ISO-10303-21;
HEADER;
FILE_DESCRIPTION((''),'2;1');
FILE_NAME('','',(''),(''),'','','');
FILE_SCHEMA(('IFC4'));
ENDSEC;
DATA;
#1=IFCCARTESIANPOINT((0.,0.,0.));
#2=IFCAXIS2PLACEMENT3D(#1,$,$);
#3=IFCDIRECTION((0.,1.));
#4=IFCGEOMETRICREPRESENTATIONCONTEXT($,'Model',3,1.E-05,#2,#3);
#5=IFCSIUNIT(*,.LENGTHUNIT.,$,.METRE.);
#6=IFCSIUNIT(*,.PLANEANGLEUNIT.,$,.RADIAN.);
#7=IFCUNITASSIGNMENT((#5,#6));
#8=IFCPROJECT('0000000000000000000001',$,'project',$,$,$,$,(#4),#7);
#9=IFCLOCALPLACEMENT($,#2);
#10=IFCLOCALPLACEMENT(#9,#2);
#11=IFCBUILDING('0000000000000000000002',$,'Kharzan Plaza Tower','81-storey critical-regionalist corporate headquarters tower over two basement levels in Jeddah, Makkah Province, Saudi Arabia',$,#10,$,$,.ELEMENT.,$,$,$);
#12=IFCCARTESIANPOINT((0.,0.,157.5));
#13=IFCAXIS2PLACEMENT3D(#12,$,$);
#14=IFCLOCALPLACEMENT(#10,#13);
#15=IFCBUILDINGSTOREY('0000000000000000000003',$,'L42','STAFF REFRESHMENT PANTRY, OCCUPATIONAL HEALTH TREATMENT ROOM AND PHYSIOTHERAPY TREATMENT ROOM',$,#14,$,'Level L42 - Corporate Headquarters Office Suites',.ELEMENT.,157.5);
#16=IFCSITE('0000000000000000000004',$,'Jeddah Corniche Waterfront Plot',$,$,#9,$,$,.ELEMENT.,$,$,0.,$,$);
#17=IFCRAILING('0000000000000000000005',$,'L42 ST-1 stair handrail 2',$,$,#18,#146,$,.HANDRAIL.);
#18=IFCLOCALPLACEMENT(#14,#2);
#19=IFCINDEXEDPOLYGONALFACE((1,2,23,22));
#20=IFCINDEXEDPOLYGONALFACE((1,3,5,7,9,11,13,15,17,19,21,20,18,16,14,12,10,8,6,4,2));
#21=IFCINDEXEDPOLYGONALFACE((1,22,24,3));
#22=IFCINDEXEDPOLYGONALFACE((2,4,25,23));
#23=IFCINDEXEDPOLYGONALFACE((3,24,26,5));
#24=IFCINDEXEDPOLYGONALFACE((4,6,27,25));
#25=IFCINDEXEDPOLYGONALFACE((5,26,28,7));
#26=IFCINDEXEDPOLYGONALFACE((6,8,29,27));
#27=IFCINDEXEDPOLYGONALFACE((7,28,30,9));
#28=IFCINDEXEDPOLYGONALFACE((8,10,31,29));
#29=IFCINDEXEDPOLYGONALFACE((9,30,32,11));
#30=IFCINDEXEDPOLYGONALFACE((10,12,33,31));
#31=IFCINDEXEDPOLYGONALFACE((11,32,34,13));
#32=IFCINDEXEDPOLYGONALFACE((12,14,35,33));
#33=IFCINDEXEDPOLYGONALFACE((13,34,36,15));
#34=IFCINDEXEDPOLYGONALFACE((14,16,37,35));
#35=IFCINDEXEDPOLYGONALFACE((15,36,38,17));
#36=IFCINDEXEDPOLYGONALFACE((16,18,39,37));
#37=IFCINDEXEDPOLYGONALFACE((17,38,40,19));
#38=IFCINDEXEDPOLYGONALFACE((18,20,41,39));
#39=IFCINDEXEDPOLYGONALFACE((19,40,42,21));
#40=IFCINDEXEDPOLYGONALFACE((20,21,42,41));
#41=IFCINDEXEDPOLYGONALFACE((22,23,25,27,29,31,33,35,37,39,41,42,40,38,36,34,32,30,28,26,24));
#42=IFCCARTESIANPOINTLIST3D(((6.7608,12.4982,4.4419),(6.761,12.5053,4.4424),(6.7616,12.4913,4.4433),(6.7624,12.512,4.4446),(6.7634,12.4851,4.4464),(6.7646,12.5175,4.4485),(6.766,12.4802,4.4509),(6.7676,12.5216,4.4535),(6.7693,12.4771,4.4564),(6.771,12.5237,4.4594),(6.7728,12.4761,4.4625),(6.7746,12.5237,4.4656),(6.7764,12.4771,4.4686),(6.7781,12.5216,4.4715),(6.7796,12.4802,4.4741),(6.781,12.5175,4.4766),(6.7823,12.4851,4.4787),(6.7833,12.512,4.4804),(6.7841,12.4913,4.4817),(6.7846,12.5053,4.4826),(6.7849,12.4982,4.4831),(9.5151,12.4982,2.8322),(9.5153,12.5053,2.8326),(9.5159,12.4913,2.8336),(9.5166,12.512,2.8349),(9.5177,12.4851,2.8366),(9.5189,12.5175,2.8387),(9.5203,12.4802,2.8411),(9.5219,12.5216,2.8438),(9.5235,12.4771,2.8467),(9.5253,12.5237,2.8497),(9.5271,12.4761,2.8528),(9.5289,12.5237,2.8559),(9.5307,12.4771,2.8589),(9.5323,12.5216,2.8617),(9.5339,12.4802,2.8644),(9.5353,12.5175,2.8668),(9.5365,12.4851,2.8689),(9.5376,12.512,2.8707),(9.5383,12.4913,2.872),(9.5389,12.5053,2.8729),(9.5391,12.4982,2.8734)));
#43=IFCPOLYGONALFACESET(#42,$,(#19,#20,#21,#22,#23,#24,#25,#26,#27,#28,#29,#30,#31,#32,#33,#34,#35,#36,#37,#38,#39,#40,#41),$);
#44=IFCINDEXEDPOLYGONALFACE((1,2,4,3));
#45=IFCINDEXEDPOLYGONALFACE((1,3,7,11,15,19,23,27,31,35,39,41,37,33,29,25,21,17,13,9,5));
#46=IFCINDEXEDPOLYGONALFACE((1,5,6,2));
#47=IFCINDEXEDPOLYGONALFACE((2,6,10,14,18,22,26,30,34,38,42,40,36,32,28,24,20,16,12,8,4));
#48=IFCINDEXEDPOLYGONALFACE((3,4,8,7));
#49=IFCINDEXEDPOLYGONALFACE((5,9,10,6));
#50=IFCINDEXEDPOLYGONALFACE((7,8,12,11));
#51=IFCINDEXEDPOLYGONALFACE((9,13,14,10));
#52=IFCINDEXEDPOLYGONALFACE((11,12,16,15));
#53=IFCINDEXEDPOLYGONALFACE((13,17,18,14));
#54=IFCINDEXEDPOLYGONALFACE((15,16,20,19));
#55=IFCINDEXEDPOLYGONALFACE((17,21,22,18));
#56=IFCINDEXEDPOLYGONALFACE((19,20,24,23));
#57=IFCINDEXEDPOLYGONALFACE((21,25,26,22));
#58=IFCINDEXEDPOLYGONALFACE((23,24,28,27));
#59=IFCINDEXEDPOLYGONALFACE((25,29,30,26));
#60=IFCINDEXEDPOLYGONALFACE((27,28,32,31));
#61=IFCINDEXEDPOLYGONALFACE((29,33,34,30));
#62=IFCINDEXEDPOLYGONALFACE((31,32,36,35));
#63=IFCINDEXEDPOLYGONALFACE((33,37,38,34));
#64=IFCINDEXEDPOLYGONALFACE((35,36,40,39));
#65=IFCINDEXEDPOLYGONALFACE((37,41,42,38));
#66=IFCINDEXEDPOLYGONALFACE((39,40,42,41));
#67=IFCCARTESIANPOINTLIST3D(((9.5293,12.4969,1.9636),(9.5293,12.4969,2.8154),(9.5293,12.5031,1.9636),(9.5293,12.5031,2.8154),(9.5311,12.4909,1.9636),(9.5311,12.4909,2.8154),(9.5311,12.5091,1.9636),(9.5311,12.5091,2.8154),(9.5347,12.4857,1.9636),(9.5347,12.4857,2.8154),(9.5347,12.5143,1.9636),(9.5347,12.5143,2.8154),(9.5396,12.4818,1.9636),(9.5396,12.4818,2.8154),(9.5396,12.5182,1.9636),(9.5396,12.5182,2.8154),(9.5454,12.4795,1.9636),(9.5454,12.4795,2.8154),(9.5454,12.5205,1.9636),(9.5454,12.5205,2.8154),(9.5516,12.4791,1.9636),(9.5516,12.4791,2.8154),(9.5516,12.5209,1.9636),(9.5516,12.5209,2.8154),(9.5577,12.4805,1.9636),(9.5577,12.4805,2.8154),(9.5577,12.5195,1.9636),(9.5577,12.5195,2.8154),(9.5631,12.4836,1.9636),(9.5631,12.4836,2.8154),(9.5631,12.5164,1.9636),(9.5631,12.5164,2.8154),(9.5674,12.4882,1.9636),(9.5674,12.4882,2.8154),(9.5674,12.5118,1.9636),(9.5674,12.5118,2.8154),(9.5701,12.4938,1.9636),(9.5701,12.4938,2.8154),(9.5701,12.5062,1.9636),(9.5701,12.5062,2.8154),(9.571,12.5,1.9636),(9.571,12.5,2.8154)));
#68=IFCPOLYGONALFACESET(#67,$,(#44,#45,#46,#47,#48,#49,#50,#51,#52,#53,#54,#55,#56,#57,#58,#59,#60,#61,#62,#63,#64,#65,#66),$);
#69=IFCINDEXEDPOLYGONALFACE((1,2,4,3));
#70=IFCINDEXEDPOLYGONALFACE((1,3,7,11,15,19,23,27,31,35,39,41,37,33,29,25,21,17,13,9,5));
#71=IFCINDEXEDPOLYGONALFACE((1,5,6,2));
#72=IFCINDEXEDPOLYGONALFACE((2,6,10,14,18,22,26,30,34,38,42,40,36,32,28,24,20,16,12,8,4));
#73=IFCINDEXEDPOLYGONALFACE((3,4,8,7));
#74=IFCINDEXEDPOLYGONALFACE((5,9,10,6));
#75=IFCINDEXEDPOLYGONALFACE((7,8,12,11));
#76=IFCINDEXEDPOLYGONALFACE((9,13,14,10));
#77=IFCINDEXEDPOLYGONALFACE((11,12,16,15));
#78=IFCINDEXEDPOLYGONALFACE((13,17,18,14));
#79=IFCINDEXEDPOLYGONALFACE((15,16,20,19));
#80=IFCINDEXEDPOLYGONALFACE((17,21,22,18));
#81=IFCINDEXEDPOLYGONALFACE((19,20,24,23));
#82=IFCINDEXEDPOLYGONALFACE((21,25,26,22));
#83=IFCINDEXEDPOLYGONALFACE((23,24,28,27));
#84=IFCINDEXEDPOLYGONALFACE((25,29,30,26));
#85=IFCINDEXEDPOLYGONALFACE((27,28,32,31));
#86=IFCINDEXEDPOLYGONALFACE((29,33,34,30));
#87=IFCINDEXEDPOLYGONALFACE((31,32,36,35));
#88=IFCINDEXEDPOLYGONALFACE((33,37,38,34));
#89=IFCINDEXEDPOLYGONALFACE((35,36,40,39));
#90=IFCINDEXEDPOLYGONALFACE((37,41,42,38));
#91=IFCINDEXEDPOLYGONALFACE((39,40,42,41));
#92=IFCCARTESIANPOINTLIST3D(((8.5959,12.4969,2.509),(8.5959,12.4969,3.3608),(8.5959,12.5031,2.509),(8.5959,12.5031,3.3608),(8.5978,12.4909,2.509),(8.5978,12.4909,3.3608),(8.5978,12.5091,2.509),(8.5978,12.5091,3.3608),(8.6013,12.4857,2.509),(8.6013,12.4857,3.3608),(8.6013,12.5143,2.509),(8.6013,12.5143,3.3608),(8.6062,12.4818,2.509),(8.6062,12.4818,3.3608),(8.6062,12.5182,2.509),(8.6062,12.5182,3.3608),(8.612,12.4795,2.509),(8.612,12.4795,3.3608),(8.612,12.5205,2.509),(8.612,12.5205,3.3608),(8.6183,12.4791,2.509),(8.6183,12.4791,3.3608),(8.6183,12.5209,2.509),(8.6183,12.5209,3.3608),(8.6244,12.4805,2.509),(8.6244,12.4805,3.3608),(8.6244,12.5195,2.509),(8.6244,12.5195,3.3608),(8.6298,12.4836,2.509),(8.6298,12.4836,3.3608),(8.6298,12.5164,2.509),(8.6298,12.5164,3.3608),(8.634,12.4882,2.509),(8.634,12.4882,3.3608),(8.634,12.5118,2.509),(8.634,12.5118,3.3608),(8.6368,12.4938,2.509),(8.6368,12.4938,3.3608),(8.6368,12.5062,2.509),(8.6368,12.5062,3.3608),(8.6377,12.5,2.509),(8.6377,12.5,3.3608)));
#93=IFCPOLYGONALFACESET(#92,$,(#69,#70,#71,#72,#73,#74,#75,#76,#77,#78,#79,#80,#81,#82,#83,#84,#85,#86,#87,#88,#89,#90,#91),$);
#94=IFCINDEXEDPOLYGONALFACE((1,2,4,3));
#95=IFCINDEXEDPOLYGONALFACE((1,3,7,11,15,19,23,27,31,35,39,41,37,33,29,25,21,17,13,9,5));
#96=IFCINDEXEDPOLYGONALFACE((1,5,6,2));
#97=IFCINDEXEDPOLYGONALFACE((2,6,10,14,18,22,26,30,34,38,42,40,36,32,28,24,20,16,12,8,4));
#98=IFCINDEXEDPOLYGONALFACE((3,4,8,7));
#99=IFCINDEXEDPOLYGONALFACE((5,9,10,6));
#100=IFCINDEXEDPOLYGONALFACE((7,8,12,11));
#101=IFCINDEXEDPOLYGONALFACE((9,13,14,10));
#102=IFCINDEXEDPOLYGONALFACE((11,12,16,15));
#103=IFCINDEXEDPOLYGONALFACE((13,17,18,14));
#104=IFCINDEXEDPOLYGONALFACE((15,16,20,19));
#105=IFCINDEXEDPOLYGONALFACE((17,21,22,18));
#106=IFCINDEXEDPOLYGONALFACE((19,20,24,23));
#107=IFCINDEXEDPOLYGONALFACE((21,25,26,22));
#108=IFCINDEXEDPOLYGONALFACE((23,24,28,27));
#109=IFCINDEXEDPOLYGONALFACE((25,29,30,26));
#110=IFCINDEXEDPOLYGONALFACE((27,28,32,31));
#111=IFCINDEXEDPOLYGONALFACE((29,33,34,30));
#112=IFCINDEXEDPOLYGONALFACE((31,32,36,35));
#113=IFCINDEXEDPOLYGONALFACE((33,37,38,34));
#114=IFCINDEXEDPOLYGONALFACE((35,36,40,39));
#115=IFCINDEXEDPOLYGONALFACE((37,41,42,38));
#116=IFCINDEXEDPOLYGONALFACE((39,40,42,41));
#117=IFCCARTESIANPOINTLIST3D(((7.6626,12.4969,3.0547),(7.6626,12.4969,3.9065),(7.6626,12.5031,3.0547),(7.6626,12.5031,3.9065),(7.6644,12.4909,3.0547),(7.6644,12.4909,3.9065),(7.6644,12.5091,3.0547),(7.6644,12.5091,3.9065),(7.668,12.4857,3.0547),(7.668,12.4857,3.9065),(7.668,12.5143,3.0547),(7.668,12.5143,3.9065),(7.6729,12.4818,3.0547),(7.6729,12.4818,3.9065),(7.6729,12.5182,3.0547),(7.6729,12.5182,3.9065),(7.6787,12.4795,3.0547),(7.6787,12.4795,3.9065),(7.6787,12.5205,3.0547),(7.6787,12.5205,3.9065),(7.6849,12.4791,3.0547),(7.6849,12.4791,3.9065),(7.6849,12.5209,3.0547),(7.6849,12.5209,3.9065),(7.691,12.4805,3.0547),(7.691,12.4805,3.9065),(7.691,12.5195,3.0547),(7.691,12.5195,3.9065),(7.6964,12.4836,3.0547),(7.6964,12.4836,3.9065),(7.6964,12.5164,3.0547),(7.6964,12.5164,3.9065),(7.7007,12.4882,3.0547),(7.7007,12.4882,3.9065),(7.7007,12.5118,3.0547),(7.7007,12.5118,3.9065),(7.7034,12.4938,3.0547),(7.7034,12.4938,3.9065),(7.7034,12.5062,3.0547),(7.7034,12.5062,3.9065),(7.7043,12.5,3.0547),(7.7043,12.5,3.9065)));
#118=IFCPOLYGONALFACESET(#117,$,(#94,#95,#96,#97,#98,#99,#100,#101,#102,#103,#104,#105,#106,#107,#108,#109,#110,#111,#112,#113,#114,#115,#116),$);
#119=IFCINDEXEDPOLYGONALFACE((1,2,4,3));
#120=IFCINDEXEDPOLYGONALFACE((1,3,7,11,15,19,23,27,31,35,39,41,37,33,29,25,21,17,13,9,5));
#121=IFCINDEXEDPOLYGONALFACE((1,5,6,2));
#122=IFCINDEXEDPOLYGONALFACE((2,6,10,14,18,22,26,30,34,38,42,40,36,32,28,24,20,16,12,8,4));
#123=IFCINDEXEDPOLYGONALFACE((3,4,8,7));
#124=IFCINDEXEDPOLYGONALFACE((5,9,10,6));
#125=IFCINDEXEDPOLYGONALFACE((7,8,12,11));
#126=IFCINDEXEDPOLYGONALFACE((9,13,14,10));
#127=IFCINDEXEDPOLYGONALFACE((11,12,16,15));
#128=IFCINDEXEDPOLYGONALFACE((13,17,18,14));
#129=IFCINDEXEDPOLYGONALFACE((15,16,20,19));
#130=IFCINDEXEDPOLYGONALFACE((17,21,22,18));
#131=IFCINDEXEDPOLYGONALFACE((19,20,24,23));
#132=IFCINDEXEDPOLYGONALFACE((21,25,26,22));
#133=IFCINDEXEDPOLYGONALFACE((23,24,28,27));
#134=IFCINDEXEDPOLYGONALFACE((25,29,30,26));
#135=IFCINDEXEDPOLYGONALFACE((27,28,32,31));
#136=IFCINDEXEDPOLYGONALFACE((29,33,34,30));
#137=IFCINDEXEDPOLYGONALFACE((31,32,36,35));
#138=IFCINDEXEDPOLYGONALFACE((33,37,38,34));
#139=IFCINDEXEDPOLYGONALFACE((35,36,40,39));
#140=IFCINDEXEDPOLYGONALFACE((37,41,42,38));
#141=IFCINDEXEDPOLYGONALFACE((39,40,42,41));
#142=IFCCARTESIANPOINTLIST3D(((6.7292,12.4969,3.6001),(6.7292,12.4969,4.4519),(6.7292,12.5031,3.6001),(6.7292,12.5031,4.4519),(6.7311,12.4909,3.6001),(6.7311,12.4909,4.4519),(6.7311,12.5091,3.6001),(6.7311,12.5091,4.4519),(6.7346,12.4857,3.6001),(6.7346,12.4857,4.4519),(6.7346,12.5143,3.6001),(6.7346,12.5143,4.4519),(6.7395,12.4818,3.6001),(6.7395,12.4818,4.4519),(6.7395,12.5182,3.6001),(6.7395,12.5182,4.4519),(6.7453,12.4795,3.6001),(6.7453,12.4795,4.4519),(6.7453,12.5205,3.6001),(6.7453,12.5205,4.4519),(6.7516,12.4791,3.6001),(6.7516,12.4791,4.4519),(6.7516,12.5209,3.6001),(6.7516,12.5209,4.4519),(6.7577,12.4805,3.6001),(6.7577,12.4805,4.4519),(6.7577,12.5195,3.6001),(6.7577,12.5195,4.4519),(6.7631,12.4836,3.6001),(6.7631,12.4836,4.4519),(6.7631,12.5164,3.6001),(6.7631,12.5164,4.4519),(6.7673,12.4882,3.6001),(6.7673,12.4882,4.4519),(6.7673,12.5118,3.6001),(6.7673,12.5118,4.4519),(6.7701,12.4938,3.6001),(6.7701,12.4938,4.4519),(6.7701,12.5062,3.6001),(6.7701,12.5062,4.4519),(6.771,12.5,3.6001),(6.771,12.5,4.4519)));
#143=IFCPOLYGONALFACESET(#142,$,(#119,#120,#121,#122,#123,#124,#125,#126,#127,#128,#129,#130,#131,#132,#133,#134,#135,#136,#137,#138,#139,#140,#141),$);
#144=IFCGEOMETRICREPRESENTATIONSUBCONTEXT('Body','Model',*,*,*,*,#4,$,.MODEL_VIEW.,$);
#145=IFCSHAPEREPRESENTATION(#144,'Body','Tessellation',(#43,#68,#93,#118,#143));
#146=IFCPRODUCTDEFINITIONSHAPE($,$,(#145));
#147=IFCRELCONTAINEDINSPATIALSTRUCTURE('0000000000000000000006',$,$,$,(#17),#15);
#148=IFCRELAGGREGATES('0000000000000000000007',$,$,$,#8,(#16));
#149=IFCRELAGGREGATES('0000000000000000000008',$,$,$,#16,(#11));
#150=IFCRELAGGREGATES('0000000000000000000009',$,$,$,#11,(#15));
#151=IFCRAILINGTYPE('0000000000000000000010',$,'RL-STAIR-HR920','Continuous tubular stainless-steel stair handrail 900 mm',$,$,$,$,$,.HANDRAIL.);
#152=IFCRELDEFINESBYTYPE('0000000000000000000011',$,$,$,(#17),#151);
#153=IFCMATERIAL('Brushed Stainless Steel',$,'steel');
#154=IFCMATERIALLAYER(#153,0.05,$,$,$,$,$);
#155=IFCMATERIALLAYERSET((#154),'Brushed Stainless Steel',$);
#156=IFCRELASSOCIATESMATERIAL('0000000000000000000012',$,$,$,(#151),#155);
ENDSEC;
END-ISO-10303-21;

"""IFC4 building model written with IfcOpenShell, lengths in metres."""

from ifc_helpers import new_model, si_unit, direction, frame, origin, origin_2d, place, context, subcontext, project, spatial, circle, extrude, source, transform, mapped, material, layer, layer_set, type_object, element, save


model = new_model("IFC4")

# Units and contexts
model_context = context("Model", 3, precision=1e-05, world=origin(), true_north=direction((0.0, 1.0)))
body_context = subcontext(model_context, "Body", "Model", "MODEL_VIEW")
ifc_project = project(units=[si_unit("LENGTHUNIT", "METRE"), si_unit("PLANEANGLEUNIT", "RADIAN")], contexts=[model_context])

# Site, building, storey
site_placement = place(None, origin())
site = spatial("IfcSite", under=ifc_project, at=site_placement, Name="Jeddah Corniche Waterfront Plot", CompositionType="ELEMENT", RefElevation=0.0)
building_placement = place(site_placement, origin())
building = spatial("IfcBuilding", under=site, at=building_placement, Name="Kharzan Plaza Tower", Description="81-storey critical-regionalist corporate headquarters tower over two basement levels in Jeddah, Makkah Province, Saudi Arabia", CompositionType="ELEMENT")
storey_placement = place(building_placement, frame((0.0, 0.0, 157.5)))
storey = spatial("IfcBuildingStorey", under=building, at=storey_placement, Name="L42", Description="STAFF REFRESHMENT PANTRY, OCCUPATIONAL HEALTH TREATMENT ROOM AND PHYSIOTHERAPY TREATMENT ROOM", LongName="Level L42 - Corporate Headquarters Office Suites", CompositionType="ELEMENT", Elevation=157.5)

# Shared definitions
ifc_material_1 = material(Name="Brushed Stainless Steel", Category="steel")

# Railing
ifc_layer_1 = layer(ifc_material_1, 0.05)
ifc_layer_set_1 = layer_set([ifc_layer_1], Name="Brushed Stainless Steel")
railing_type_1 = type_object("IfcRailingType", Name="RL-STAIR-HR920", Description="Continuous tubular stainless-steel stair handrail 900 mm", PredefinedType="HANDRAIL", material=ifc_layer_set_1)
shared_shape_1 = source(origin(), body_context, "Body", "SweptSolid", [
    extrude(circle(Radius=0.0239, at=origin_2d()), frame((-0.0229, 0.0, 0.8892), z_axis=(-0.863361, 0.0, 0.504587), x_axis=(0.0, -1.0, 0.0)), (0.0, 0.0, 1.0), 3.1902),
    extrude(circle(Radius=0.021, at=origin_2d()), origin(), (0.0, 0.0, 1.0), 0.8518),
    extrude(circle(Radius=0.021, at=origin_2d()), frame((-0.9333, 0.0, 0.5454)), (0.0, 0.0, 1.0), 0.8518),
    extrude(circle(Radius=0.021, at=origin_2d()), frame((-1.8667, 0.0, 1.0911)), (0.0, 0.0, 1.0), 0.8518),
    extrude(circle(Radius=0.021, at=origin_2d()), frame((-2.8, 0.0, 1.6365)), (0.0, 0.0, 1.0), 0.8518),
])
railing_1_placement = place(storey_placement, frame((9.55, 12.5, 1.9636)))
element("IfcRailing", 1, at=railing_1_placement, inside=storey, type_object=railing_type_1, Name="L42 ST-1 stair handrail 2", PredefinedType="HANDRAIL", context=body_context, shape_type="MappedRepresentation", body=[
    mapped(shared_shape_1, transform((0.0, 0.0, 0.0), x_axis=(1.0, 0.0, 0.0), y_axis=(0.0, 1.0, 0.0), z_axis=(0.0, 0.0, 1.0))),
])

save(model, "model.ifc")
